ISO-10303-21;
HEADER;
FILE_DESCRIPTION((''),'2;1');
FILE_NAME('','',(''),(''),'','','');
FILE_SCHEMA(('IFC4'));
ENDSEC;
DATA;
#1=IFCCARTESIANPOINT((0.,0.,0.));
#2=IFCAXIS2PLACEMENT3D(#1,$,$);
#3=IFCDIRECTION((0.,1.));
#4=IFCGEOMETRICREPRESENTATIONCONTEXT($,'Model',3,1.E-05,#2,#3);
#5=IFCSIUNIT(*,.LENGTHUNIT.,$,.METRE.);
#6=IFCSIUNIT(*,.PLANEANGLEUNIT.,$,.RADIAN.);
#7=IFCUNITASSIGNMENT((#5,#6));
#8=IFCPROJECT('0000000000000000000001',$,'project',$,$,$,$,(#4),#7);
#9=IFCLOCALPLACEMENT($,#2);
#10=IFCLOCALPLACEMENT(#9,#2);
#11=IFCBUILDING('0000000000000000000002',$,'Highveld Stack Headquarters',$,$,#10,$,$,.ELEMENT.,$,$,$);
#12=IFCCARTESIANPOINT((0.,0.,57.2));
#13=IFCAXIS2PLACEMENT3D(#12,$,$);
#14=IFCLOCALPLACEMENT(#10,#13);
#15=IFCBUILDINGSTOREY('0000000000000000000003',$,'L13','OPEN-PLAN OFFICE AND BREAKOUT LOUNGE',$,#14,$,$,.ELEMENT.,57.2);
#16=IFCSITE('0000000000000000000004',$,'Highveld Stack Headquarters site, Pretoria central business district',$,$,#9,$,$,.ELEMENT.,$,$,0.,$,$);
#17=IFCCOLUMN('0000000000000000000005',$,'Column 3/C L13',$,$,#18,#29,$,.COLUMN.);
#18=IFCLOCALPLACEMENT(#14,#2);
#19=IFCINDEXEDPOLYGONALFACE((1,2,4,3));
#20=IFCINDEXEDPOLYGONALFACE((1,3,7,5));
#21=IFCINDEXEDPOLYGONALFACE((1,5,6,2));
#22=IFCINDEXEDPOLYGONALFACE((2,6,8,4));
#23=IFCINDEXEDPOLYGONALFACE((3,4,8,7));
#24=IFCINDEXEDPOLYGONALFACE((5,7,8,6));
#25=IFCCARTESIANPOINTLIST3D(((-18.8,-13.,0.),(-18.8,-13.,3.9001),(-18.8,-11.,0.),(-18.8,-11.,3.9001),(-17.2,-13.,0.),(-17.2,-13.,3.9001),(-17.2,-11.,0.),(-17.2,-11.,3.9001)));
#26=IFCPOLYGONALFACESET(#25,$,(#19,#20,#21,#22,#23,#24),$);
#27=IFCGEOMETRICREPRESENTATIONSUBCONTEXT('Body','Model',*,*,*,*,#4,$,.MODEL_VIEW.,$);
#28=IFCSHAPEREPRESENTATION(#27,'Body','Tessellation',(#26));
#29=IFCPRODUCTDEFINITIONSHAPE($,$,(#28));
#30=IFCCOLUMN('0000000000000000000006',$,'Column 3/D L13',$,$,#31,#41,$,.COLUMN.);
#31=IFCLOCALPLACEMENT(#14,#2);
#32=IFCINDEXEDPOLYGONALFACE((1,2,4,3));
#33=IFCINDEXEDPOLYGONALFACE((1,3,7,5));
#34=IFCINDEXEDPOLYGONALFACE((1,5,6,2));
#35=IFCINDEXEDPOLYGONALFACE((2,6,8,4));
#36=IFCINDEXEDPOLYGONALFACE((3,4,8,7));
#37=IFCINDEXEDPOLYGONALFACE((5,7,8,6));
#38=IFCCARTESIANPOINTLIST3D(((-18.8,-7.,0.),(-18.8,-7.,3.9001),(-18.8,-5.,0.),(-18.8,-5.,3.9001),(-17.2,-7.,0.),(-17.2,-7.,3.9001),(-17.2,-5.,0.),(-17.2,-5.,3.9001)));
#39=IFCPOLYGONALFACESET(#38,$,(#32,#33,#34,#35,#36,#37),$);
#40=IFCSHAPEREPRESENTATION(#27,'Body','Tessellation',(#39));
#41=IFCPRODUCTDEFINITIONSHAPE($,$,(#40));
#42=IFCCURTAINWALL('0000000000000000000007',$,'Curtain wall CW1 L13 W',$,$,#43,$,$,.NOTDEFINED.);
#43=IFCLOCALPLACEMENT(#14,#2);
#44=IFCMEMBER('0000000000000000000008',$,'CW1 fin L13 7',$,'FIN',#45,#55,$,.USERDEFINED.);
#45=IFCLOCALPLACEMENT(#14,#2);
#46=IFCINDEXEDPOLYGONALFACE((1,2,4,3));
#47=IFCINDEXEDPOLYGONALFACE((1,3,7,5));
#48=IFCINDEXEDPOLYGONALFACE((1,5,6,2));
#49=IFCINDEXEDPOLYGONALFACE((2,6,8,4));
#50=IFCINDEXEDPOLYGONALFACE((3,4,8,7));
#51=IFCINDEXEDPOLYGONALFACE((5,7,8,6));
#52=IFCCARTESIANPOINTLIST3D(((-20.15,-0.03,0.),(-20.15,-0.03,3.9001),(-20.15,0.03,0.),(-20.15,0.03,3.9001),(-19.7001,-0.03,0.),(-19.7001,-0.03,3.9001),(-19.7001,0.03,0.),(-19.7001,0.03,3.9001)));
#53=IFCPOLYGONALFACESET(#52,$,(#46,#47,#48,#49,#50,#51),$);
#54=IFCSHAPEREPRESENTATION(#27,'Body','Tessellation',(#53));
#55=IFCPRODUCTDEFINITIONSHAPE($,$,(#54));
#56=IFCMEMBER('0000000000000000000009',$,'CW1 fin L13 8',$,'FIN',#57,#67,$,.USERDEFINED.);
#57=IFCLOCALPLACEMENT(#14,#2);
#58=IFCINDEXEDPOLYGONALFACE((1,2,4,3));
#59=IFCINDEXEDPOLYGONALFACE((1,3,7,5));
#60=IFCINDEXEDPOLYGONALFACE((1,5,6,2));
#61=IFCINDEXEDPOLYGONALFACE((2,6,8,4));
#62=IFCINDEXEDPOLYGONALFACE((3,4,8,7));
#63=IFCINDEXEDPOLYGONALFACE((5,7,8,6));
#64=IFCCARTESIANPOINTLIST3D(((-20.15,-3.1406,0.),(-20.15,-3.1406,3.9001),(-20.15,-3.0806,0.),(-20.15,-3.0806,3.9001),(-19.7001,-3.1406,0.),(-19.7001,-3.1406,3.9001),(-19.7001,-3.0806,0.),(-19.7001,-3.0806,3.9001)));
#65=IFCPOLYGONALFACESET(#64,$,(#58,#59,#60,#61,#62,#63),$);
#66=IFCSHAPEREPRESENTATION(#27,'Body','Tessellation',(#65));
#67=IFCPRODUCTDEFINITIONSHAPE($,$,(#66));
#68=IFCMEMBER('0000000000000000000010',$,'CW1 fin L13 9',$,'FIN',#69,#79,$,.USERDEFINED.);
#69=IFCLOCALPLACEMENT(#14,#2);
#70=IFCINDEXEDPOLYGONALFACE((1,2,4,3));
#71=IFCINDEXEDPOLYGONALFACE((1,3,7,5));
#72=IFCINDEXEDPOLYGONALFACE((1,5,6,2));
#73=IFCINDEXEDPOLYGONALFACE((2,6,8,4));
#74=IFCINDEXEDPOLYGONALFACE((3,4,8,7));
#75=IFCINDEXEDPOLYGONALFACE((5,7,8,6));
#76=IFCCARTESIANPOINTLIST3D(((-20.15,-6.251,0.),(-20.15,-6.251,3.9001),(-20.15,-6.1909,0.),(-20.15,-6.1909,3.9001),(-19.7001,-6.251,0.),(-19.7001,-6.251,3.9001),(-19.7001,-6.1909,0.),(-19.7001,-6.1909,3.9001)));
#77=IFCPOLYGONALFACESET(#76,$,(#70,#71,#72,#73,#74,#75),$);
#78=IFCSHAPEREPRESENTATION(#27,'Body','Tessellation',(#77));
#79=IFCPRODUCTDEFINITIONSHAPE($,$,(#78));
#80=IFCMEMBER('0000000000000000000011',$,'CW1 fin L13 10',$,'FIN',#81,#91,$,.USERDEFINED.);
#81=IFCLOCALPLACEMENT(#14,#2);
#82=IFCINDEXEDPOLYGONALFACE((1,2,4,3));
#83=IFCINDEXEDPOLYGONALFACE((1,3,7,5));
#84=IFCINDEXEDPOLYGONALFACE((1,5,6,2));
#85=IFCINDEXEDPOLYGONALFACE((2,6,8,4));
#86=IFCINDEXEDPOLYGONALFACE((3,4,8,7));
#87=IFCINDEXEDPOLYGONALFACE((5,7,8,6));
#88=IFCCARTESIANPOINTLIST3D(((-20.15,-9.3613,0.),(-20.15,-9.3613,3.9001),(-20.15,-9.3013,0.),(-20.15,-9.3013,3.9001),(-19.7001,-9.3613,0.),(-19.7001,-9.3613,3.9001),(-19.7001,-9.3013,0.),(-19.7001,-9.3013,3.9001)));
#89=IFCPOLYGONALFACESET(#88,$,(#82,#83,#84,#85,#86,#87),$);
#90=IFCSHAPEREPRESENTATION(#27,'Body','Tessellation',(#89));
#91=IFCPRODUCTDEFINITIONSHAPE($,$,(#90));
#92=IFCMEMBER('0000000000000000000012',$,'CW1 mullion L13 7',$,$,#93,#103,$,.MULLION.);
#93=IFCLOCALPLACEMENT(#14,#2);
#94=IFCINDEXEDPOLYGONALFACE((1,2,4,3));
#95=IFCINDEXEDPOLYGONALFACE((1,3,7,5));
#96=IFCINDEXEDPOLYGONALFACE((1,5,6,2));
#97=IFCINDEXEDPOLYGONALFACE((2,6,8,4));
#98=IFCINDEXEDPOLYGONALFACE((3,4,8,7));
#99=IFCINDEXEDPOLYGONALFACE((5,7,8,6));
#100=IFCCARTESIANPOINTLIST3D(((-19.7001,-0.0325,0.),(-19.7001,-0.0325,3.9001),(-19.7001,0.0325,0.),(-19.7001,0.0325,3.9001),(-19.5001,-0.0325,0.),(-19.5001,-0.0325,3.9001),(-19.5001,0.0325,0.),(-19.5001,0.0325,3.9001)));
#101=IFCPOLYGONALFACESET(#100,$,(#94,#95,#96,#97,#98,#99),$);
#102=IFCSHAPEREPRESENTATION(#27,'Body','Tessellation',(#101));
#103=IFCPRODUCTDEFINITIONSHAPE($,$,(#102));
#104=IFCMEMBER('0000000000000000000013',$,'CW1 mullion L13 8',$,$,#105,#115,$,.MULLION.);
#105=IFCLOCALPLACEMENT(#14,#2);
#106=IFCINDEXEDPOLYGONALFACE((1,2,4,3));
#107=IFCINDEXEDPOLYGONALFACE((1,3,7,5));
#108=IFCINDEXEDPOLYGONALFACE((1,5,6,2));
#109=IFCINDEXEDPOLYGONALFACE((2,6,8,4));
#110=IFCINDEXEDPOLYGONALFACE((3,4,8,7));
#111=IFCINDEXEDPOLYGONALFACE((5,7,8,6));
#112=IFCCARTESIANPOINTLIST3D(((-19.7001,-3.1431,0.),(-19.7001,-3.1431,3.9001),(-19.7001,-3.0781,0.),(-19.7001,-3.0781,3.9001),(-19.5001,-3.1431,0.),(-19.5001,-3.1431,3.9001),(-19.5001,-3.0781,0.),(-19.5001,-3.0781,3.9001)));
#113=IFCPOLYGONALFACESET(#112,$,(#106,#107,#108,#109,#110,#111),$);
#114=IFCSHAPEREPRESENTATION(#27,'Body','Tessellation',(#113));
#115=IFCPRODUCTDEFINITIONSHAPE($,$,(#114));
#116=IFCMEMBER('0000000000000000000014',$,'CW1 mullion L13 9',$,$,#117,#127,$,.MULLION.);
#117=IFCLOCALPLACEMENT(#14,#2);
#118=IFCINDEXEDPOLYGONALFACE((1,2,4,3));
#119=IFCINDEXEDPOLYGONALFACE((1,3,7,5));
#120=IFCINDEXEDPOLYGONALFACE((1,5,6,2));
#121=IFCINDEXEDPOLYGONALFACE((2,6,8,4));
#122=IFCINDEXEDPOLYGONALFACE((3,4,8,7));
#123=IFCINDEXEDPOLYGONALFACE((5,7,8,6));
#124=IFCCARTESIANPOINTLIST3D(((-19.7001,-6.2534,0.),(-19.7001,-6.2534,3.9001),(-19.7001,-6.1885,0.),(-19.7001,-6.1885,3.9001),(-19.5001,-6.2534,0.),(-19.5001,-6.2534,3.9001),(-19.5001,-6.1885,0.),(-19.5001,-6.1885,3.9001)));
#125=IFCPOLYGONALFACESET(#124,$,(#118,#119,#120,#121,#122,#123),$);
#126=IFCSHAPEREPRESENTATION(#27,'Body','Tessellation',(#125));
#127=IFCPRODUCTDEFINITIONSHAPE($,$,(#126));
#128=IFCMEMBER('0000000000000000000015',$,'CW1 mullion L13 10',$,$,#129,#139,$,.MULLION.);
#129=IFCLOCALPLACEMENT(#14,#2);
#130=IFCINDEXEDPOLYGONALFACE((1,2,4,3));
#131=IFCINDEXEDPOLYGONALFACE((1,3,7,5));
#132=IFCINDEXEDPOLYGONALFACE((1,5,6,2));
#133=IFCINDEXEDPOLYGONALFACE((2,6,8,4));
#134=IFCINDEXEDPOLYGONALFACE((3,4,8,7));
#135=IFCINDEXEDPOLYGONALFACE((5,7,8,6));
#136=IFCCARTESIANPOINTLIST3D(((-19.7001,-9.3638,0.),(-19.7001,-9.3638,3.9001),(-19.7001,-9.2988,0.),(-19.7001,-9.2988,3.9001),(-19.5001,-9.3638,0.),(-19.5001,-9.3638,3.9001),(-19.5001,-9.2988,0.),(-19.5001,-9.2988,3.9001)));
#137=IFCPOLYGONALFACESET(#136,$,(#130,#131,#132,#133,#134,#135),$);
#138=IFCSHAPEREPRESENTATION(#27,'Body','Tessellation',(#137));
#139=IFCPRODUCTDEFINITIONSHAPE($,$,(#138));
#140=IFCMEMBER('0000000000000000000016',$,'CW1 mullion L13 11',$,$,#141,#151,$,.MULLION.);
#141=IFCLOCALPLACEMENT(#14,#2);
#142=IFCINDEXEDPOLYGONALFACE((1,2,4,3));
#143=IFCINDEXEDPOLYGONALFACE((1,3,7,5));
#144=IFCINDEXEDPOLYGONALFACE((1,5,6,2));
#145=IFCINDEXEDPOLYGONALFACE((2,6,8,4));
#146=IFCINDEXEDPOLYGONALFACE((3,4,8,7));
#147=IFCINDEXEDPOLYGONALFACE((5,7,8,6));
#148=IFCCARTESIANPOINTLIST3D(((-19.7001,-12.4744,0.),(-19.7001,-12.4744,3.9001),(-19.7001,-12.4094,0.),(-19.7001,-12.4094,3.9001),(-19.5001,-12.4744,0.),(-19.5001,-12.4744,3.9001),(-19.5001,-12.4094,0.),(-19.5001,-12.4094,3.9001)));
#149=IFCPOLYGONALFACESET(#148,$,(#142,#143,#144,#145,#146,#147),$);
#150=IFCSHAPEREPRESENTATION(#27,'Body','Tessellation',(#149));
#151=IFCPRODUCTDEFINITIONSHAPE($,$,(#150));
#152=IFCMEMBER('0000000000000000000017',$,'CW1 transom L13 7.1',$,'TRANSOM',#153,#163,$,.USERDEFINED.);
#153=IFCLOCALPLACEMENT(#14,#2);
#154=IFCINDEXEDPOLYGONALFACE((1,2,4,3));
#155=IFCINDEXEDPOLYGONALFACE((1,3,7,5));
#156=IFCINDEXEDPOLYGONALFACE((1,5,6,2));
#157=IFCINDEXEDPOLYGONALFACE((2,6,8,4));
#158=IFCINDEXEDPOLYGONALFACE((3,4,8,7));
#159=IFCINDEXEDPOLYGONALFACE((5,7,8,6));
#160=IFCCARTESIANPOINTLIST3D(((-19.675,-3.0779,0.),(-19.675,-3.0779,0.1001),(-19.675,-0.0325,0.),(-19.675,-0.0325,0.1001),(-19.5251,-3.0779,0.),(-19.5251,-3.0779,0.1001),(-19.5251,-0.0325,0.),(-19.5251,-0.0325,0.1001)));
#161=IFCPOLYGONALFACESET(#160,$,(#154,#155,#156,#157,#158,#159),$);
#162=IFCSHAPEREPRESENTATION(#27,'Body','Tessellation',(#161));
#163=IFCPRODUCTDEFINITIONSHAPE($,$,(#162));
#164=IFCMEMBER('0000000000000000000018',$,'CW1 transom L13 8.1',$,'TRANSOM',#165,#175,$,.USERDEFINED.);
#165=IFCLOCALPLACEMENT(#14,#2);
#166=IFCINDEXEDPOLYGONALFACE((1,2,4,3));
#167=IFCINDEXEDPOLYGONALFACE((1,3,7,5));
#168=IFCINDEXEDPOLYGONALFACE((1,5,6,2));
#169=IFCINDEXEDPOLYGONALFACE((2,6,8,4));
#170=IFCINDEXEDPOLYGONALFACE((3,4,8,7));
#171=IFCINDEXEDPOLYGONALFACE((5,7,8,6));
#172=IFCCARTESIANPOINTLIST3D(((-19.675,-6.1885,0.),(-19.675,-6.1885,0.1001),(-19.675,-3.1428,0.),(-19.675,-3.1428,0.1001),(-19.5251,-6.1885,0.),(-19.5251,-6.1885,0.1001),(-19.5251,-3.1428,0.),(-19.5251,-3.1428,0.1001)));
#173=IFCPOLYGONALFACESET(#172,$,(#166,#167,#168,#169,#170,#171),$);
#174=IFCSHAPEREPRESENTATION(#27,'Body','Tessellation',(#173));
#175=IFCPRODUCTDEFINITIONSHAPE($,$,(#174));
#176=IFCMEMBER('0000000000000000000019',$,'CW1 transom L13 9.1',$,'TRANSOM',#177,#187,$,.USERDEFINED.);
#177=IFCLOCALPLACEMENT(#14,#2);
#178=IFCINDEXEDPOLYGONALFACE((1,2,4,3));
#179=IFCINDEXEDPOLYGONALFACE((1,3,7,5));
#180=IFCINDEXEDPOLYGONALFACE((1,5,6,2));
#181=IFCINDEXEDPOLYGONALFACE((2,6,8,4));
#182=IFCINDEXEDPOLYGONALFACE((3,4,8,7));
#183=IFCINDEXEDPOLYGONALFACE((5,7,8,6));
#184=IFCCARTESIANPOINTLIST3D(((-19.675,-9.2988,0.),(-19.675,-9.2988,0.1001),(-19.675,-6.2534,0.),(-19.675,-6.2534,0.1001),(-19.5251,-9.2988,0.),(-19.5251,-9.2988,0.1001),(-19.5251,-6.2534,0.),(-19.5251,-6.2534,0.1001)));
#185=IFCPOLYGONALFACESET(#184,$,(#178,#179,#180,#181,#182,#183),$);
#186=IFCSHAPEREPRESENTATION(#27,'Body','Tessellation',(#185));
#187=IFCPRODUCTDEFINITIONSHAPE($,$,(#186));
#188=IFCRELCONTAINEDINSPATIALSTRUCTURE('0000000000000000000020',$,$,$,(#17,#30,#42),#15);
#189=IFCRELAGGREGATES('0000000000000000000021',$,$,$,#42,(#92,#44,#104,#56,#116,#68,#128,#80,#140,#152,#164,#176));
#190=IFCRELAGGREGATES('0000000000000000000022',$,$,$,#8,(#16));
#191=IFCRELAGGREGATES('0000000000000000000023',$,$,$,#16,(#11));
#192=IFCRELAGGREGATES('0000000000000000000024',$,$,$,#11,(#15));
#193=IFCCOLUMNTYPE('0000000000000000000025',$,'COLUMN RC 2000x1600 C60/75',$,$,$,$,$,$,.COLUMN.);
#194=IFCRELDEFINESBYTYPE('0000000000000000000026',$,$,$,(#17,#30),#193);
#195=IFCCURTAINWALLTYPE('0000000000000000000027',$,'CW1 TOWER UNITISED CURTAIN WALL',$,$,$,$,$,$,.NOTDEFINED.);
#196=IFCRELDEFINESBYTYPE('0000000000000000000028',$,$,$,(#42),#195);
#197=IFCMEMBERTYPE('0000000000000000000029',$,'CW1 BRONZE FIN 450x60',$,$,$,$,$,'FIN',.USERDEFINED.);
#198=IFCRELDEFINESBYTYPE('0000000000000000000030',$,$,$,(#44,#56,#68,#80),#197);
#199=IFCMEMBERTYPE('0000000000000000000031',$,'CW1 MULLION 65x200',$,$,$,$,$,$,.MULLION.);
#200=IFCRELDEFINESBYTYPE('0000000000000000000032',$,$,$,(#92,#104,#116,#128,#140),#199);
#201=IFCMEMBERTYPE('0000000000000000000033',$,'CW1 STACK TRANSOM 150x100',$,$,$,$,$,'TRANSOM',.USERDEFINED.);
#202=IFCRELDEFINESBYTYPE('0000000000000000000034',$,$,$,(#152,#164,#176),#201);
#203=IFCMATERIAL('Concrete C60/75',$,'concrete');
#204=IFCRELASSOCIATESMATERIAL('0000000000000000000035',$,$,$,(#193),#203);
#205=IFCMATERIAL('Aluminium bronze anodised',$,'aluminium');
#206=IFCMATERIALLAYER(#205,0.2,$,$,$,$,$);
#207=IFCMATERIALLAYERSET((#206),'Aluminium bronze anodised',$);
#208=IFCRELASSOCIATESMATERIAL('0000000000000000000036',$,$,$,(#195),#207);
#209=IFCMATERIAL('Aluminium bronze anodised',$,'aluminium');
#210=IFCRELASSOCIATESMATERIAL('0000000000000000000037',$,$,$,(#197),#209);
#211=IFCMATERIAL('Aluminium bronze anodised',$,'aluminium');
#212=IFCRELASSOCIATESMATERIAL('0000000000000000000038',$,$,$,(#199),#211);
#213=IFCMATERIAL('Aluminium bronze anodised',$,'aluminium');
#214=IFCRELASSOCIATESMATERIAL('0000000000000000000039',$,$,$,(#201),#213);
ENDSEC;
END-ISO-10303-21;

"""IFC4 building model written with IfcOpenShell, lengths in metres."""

from ifc_helpers import new_model, si_unit, direction, frame, origin, origin_2d, place, context, subcontext, project, spatial, rectangle, extrude, material, layer, layer_set, material_profile, profile_set, type_object, element, aggregate, save


model = new_model("IFC4")

# Units and contexts
model_context = context("Model", 3, precision=1e-05, world=origin(), true_north=direction((0.0, 1.0)))
body_context = subcontext(model_context, "Body", "Model", "MODEL_VIEW")
ifc_project = project(units=[si_unit("LENGTHUNIT", "METRE"), si_unit("PLANEANGLEUNIT", "RADIAN")], contexts=[model_context])

# Site, building, storey
site_placement = place(None, origin())
site = spatial("IfcSite", under=ifc_project, at=site_placement, Name="Highveld Stack Headquarters site, Pretoria central business district", CompositionType="ELEMENT", RefElevation=0.0)
building_placement = place(site_placement, origin())
building = spatial("IfcBuilding", under=site, at=building_placement, Name="Highveld Stack Headquarters", CompositionType="ELEMENT")
storey_placement = place(building_placement, frame((0.0, 0.0, 57.2)))
storey = spatial("IfcBuildingStorey", under=building, at=storey_placement, Name="L13", Description="OPEN-PLAN OFFICE AND BREAKOUT LOUNGE", CompositionType="ELEMENT", Elevation=57.2)

# Columns
ifc_material_1 = material(Name="Concrete C60/75", Category="concrete")
ifc_material_profile_1 = material_profile(ifc_material_1, rectangle(XDim=2.0, YDim=1.6001, at=origin_2d()), Name="RC 2000x1600")
ifc_profile_set_1 = profile_set([ifc_material_profile_1], Name="Concrete C60/75")
column_type = type_object("IfcColumnType", Name="COLUMN RC 2000x1600 C60/75", PredefinedType="COLUMN", material=ifc_profile_set_1)
for number, where, z_axis, x_axis, name in (
    (1, (-18.0, -12.0, 0.0), (0.0, 0.0, 1.0), (0.0, 1.0, 0.0), "Column 3/C L13"),
    (2, (-18.0, -6.0, 0.0), (0.0, 0.0, 1.0), (0.0, 1.0, 0.0), "Column 3/D L13"),
):
    element("IfcColumn", number, at=place(storey_placement, frame(where, z_axis=z_axis, x_axis=x_axis)), inside=storey, type_object=column_type, Name=name, PredefinedType="COLUMN", context=body_context, shape_type="SweptSolid", body=[
        extrude(rectangle(XDim=2.0, YDim=1.6001, at=origin_2d()), origin(), (0.0, 0.0, 1.0), 3.9001),
    ])

# Curtain wall, members
ifc_material_2 = material(Name="Aluminium bronze anodised", Category="aluminium")
ifc_layer_1 = layer(ifc_material_2, 0.2)
ifc_layer_set_1 = layer_set([ifc_layer_1], Name="Aluminium bronze anodised")
curtain_wall_type = type_object("IfcCurtainWallType", Name="CW1 TOWER UNITISED CURTAIN WALL", PredefinedType="NOTDEFINED", material=ifc_layer_set_1)
curtain_wall_placement = place(storey_placement, origin())
curtain_wall = element("IfcCurtainWall", 3, at=curtain_wall_placement, inside=storey, type_object=curtain_wall_type, Name="Curtain wall CW1 L13 W", PredefinedType="NOTDEFINED")
ifc_material_3 = material(Name="Aluminium bronze anodised", Category="aluminium")
ifc_material_profile_2 = material_profile(ifc_material_3, rectangle(XDim=0.45, YDim=0.0601, at=origin_2d()), Name="FIN 450x60")
ifc_profile_set_2 = profile_set([ifc_material_profile_2], Name="Aluminium bronze anodised")
member_type_1 = type_object("IfcMemberType", Name="CW1 BRONZE FIN 450x60", ElementType="FIN", PredefinedType="USERDEFINED", material=ifc_profile_set_2)
member_1_placement = place(storey_placement, frame((-19.925, 0.0, 0.0), z_axis=(0.0, 0.0, 1.0), x_axis=(1.0, 0.0, 0.0)))
member_1 = element("IfcMember", 4, at=member_1_placement, type_object=member_type_1, Name="CW1 fin L13 7", ObjectType="FIN", PredefinedType="USERDEFINED", context=body_context, shape_type="SweptSolid", body=[
    extrude(rectangle(XDim=0.45, YDim=0.0601, at=origin_2d()), origin(), (0.0, 0.0, 1.0), 3.9001),
])
member_2_placement = place(storey_placement, frame((-19.925, -3.1106, 0.0), z_axis=(0.0, 0.0, 1.0), x_axis=(1.0, 0.0, 0.0)))
member_2 = element("IfcMember", 5, at=member_2_placement, type_object=member_type_1, Name="CW1 fin L13 8", ObjectType="FIN", PredefinedType="USERDEFINED", context=body_context, shape_type="SweptSolid", body=[
    extrude(rectangle(XDim=0.45, YDim=0.0601, at=origin_2d()), origin(), (0.0, 0.0, 1.0), 3.9001),
])
member_3_placement = place(storey_placement, frame((-19.925, -6.2209, 0.0), z_axis=(0.0, 0.0, 1.0), x_axis=(1.0, 0.0, 0.0)))
member_3 = element("IfcMember", 6, at=member_3_placement, type_object=member_type_1, Name="CW1 fin L13 9", ObjectType="FIN", PredefinedType="USERDEFINED", context=body_context, shape_type="SweptSolid", body=[
    extrude(rectangle(XDim=0.45, YDim=0.0601, at=origin_2d()), origin(), (0.0, 0.0, 1.0), 3.9001),
])
member_4_placement = place(storey_placement, frame((-19.925, -9.3313, 0.0), z_axis=(0.0, 0.0, 1.0), x_axis=(1.0, 0.0, 0.0)))
member_4 = element("IfcMember", 7, at=member_4_placement, type_object=member_type_1, Name="CW1 fin L13 10", ObjectType="FIN", PredefinedType="USERDEFINED", context=body_context, shape_type="SweptSolid", body=[
    extrude(rectangle(XDim=0.45, YDim=0.0601, at=origin_2d()), origin(), (0.0, 0.0, 1.0), 3.9001),
])
ifc_material_4 = material(Name="Aluminium bronze anodised", Category="aluminium")
ifc_material_profile_3 = material_profile(ifc_material_4, rectangle(XDim=0.2, YDim=0.0649, at=origin_2d()), Name="CW1 MULLION 65x200")
ifc_profile_set_3 = profile_set([ifc_material_profile_3], Name="Aluminium bronze anodised")
member_type_2 = type_object("IfcMemberType", Name="CW1 MULLION 65x200", PredefinedType="MULLION", material=ifc_profile_set_3)
member_5_placement = place(storey_placement, frame((-19.6001, 0.0, 0.0), z_axis=(0.0, 0.0, 1.0), x_axis=(1.0, 0.0, 0.0)))
member_5 = element("IfcMember", 8, at=member_5_placement, type_object=member_type_2, Name="CW1 mullion L13 7", PredefinedType="MULLION", context=body_context, shape_type="SweptSolid", body=[
    extrude(rectangle(XDim=0.2, YDim=0.0649, at=origin_2d()), origin(), (0.0, 0.0, 1.0), 3.9001),
])
member_6_placement = place(storey_placement, frame((-19.6001, -3.1106, 0.0), z_axis=(0.0, 0.0, 1.0), x_axis=(1.0, 0.0, 0.0)))
member_6 = element("IfcMember", 9, at=member_6_placement, type_object=member_type_2, Name="CW1 mullion L13 8", PredefinedType="MULLION", context=body_context, shape_type="SweptSolid", body=[
    extrude(rectangle(XDim=0.2, YDim=0.0649, at=origin_2d()), origin(), (0.0, 0.0, 1.0), 3.9001),
])
member_7_placement = place(storey_placement, frame((-19.6001, -6.2209, 0.0), z_axis=(0.0, 0.0, 1.0), x_axis=(1.0, 0.0, 0.0)))
member_7 = element("IfcMember", 10, at=member_7_placement, type_object=member_type_2, Name="CW1 mullion L13 9", PredefinedType="MULLION", context=body_context, shape_type="SweptSolid", body=[
    extrude(rectangle(XDim=0.2, YDim=0.0649, at=origin_2d()), origin(), (0.0, 0.0, 1.0), 3.9001),
])
member_8_placement = place(storey_placement, frame((-19.6001, -9.3313, 0.0), z_axis=(0.0, 0.0, 1.0), x_axis=(1.0, 0.0, 0.0)))
member_8 = element("IfcMember", 11, at=member_8_placement, type_object=member_type_2, Name="CW1 mullion L13 10", PredefinedType="MULLION", context=body_context, shape_type="SweptSolid", body=[
    extrude(rectangle(XDim=0.2, YDim=0.0649, at=origin_2d()), origin(), (0.0, 0.0, 1.0), 3.9001),
])
member_9_placement = place(storey_placement, frame((-19.6001, -12.4419, 0.0), z_axis=(0.0, 0.0, 1.0), x_axis=(1.0, 0.0, 0.0)))
member_9 = element("IfcMember", 12, at=member_9_placement, type_object=member_type_2, Name="CW1 mullion L13 11", PredefinedType="MULLION", context=body_context, shape_type="SweptSolid", body=[
    extrude(rectangle(XDim=0.2, YDim=0.0649, at=origin_2d()), origin(), (0.0, 0.0, 1.0), 3.9001),
])
ifc_material_5 = material(Name="Aluminium bronze anodised", Category="aluminium")
ifc_material_profile_4 = material_profile(ifc_material_5, rectangle(XDim=0.1499, YDim=0.1001, at=origin_2d()), Name="CW1 TRANSOM 150x100")
ifc_profile_set_4 = profile_set([ifc_material_profile_4], Name="Aluminium bronze anodised")
member_type_3 = type_object("IfcMemberType", Name="CW1 STACK TRANSOM 150x100", ElementType="TRANSOM", PredefinedType="USERDEFINED", material=ifc_profile_set_4)
member_10_placement = place(storey_placement, frame((-19.6001, -0.0325, 0.05), z_axis=(0.0, -1.0, 0.0), x_axis=(1.0, 0.0, 0.0)))
member_10 = element("IfcMember", 13, at=member_10_placement, type_object=member_type_3, Name="CW1 transom L13 7.1", ObjectType="TRANSOM", PredefinedType="USERDEFINED", context=body_context, shape_type="SweptSolid", body=[
    extrude(rectangle(XDim=0.1499, YDim=0.1001, at=origin_2d()), origin(), (0.0, 0.0, 1.0), 3.0454),
])
member_11_placement = place(storey_placement, frame((-19.6001, -3.1428, 0.05), z_axis=(0.0, -1.0, 0.0), x_axis=(1.0, 0.0, 0.0)))
member_11 = element("IfcMember", 14, at=member_11_placement, type_object=member_type_3, Name="CW1 transom L13 8.1", ObjectType="TRANSOM", PredefinedType="USERDEFINED", context=body_context, shape_type="SweptSolid", body=[
    extrude(rectangle(XDim=0.1499, YDim=0.1001, at=origin_2d()), origin(), (0.0, 0.0, 1.0), 3.0457),
])
member_12_placement = place(storey_placement, frame((-19.6001, -6.2534, 0.05), z_axis=(0.0, -1.0, 0.0), x_axis=(1.0, 0.0, 0.0)))
member_12 = element("IfcMember", 15, at=member_12_placement, type_object=member_type_3, Name="CW1 transom L13 9.1", ObjectType="TRANSOM", PredefinedType="USERDEFINED", context=body_context, shape_type="SweptSolid", body=[
    extrude(rectangle(XDim=0.1499, YDim=0.1001, at=origin_2d()), origin(), (0.0, 0.0, 1.0), 3.0454),
])
aggregate(curtain_wall, [member_5, member_1, member_6, member_2, member_7, member_3, member_8, member_4, member_9, member_10, member_11, member_12])

save(model, "model.ifc")
